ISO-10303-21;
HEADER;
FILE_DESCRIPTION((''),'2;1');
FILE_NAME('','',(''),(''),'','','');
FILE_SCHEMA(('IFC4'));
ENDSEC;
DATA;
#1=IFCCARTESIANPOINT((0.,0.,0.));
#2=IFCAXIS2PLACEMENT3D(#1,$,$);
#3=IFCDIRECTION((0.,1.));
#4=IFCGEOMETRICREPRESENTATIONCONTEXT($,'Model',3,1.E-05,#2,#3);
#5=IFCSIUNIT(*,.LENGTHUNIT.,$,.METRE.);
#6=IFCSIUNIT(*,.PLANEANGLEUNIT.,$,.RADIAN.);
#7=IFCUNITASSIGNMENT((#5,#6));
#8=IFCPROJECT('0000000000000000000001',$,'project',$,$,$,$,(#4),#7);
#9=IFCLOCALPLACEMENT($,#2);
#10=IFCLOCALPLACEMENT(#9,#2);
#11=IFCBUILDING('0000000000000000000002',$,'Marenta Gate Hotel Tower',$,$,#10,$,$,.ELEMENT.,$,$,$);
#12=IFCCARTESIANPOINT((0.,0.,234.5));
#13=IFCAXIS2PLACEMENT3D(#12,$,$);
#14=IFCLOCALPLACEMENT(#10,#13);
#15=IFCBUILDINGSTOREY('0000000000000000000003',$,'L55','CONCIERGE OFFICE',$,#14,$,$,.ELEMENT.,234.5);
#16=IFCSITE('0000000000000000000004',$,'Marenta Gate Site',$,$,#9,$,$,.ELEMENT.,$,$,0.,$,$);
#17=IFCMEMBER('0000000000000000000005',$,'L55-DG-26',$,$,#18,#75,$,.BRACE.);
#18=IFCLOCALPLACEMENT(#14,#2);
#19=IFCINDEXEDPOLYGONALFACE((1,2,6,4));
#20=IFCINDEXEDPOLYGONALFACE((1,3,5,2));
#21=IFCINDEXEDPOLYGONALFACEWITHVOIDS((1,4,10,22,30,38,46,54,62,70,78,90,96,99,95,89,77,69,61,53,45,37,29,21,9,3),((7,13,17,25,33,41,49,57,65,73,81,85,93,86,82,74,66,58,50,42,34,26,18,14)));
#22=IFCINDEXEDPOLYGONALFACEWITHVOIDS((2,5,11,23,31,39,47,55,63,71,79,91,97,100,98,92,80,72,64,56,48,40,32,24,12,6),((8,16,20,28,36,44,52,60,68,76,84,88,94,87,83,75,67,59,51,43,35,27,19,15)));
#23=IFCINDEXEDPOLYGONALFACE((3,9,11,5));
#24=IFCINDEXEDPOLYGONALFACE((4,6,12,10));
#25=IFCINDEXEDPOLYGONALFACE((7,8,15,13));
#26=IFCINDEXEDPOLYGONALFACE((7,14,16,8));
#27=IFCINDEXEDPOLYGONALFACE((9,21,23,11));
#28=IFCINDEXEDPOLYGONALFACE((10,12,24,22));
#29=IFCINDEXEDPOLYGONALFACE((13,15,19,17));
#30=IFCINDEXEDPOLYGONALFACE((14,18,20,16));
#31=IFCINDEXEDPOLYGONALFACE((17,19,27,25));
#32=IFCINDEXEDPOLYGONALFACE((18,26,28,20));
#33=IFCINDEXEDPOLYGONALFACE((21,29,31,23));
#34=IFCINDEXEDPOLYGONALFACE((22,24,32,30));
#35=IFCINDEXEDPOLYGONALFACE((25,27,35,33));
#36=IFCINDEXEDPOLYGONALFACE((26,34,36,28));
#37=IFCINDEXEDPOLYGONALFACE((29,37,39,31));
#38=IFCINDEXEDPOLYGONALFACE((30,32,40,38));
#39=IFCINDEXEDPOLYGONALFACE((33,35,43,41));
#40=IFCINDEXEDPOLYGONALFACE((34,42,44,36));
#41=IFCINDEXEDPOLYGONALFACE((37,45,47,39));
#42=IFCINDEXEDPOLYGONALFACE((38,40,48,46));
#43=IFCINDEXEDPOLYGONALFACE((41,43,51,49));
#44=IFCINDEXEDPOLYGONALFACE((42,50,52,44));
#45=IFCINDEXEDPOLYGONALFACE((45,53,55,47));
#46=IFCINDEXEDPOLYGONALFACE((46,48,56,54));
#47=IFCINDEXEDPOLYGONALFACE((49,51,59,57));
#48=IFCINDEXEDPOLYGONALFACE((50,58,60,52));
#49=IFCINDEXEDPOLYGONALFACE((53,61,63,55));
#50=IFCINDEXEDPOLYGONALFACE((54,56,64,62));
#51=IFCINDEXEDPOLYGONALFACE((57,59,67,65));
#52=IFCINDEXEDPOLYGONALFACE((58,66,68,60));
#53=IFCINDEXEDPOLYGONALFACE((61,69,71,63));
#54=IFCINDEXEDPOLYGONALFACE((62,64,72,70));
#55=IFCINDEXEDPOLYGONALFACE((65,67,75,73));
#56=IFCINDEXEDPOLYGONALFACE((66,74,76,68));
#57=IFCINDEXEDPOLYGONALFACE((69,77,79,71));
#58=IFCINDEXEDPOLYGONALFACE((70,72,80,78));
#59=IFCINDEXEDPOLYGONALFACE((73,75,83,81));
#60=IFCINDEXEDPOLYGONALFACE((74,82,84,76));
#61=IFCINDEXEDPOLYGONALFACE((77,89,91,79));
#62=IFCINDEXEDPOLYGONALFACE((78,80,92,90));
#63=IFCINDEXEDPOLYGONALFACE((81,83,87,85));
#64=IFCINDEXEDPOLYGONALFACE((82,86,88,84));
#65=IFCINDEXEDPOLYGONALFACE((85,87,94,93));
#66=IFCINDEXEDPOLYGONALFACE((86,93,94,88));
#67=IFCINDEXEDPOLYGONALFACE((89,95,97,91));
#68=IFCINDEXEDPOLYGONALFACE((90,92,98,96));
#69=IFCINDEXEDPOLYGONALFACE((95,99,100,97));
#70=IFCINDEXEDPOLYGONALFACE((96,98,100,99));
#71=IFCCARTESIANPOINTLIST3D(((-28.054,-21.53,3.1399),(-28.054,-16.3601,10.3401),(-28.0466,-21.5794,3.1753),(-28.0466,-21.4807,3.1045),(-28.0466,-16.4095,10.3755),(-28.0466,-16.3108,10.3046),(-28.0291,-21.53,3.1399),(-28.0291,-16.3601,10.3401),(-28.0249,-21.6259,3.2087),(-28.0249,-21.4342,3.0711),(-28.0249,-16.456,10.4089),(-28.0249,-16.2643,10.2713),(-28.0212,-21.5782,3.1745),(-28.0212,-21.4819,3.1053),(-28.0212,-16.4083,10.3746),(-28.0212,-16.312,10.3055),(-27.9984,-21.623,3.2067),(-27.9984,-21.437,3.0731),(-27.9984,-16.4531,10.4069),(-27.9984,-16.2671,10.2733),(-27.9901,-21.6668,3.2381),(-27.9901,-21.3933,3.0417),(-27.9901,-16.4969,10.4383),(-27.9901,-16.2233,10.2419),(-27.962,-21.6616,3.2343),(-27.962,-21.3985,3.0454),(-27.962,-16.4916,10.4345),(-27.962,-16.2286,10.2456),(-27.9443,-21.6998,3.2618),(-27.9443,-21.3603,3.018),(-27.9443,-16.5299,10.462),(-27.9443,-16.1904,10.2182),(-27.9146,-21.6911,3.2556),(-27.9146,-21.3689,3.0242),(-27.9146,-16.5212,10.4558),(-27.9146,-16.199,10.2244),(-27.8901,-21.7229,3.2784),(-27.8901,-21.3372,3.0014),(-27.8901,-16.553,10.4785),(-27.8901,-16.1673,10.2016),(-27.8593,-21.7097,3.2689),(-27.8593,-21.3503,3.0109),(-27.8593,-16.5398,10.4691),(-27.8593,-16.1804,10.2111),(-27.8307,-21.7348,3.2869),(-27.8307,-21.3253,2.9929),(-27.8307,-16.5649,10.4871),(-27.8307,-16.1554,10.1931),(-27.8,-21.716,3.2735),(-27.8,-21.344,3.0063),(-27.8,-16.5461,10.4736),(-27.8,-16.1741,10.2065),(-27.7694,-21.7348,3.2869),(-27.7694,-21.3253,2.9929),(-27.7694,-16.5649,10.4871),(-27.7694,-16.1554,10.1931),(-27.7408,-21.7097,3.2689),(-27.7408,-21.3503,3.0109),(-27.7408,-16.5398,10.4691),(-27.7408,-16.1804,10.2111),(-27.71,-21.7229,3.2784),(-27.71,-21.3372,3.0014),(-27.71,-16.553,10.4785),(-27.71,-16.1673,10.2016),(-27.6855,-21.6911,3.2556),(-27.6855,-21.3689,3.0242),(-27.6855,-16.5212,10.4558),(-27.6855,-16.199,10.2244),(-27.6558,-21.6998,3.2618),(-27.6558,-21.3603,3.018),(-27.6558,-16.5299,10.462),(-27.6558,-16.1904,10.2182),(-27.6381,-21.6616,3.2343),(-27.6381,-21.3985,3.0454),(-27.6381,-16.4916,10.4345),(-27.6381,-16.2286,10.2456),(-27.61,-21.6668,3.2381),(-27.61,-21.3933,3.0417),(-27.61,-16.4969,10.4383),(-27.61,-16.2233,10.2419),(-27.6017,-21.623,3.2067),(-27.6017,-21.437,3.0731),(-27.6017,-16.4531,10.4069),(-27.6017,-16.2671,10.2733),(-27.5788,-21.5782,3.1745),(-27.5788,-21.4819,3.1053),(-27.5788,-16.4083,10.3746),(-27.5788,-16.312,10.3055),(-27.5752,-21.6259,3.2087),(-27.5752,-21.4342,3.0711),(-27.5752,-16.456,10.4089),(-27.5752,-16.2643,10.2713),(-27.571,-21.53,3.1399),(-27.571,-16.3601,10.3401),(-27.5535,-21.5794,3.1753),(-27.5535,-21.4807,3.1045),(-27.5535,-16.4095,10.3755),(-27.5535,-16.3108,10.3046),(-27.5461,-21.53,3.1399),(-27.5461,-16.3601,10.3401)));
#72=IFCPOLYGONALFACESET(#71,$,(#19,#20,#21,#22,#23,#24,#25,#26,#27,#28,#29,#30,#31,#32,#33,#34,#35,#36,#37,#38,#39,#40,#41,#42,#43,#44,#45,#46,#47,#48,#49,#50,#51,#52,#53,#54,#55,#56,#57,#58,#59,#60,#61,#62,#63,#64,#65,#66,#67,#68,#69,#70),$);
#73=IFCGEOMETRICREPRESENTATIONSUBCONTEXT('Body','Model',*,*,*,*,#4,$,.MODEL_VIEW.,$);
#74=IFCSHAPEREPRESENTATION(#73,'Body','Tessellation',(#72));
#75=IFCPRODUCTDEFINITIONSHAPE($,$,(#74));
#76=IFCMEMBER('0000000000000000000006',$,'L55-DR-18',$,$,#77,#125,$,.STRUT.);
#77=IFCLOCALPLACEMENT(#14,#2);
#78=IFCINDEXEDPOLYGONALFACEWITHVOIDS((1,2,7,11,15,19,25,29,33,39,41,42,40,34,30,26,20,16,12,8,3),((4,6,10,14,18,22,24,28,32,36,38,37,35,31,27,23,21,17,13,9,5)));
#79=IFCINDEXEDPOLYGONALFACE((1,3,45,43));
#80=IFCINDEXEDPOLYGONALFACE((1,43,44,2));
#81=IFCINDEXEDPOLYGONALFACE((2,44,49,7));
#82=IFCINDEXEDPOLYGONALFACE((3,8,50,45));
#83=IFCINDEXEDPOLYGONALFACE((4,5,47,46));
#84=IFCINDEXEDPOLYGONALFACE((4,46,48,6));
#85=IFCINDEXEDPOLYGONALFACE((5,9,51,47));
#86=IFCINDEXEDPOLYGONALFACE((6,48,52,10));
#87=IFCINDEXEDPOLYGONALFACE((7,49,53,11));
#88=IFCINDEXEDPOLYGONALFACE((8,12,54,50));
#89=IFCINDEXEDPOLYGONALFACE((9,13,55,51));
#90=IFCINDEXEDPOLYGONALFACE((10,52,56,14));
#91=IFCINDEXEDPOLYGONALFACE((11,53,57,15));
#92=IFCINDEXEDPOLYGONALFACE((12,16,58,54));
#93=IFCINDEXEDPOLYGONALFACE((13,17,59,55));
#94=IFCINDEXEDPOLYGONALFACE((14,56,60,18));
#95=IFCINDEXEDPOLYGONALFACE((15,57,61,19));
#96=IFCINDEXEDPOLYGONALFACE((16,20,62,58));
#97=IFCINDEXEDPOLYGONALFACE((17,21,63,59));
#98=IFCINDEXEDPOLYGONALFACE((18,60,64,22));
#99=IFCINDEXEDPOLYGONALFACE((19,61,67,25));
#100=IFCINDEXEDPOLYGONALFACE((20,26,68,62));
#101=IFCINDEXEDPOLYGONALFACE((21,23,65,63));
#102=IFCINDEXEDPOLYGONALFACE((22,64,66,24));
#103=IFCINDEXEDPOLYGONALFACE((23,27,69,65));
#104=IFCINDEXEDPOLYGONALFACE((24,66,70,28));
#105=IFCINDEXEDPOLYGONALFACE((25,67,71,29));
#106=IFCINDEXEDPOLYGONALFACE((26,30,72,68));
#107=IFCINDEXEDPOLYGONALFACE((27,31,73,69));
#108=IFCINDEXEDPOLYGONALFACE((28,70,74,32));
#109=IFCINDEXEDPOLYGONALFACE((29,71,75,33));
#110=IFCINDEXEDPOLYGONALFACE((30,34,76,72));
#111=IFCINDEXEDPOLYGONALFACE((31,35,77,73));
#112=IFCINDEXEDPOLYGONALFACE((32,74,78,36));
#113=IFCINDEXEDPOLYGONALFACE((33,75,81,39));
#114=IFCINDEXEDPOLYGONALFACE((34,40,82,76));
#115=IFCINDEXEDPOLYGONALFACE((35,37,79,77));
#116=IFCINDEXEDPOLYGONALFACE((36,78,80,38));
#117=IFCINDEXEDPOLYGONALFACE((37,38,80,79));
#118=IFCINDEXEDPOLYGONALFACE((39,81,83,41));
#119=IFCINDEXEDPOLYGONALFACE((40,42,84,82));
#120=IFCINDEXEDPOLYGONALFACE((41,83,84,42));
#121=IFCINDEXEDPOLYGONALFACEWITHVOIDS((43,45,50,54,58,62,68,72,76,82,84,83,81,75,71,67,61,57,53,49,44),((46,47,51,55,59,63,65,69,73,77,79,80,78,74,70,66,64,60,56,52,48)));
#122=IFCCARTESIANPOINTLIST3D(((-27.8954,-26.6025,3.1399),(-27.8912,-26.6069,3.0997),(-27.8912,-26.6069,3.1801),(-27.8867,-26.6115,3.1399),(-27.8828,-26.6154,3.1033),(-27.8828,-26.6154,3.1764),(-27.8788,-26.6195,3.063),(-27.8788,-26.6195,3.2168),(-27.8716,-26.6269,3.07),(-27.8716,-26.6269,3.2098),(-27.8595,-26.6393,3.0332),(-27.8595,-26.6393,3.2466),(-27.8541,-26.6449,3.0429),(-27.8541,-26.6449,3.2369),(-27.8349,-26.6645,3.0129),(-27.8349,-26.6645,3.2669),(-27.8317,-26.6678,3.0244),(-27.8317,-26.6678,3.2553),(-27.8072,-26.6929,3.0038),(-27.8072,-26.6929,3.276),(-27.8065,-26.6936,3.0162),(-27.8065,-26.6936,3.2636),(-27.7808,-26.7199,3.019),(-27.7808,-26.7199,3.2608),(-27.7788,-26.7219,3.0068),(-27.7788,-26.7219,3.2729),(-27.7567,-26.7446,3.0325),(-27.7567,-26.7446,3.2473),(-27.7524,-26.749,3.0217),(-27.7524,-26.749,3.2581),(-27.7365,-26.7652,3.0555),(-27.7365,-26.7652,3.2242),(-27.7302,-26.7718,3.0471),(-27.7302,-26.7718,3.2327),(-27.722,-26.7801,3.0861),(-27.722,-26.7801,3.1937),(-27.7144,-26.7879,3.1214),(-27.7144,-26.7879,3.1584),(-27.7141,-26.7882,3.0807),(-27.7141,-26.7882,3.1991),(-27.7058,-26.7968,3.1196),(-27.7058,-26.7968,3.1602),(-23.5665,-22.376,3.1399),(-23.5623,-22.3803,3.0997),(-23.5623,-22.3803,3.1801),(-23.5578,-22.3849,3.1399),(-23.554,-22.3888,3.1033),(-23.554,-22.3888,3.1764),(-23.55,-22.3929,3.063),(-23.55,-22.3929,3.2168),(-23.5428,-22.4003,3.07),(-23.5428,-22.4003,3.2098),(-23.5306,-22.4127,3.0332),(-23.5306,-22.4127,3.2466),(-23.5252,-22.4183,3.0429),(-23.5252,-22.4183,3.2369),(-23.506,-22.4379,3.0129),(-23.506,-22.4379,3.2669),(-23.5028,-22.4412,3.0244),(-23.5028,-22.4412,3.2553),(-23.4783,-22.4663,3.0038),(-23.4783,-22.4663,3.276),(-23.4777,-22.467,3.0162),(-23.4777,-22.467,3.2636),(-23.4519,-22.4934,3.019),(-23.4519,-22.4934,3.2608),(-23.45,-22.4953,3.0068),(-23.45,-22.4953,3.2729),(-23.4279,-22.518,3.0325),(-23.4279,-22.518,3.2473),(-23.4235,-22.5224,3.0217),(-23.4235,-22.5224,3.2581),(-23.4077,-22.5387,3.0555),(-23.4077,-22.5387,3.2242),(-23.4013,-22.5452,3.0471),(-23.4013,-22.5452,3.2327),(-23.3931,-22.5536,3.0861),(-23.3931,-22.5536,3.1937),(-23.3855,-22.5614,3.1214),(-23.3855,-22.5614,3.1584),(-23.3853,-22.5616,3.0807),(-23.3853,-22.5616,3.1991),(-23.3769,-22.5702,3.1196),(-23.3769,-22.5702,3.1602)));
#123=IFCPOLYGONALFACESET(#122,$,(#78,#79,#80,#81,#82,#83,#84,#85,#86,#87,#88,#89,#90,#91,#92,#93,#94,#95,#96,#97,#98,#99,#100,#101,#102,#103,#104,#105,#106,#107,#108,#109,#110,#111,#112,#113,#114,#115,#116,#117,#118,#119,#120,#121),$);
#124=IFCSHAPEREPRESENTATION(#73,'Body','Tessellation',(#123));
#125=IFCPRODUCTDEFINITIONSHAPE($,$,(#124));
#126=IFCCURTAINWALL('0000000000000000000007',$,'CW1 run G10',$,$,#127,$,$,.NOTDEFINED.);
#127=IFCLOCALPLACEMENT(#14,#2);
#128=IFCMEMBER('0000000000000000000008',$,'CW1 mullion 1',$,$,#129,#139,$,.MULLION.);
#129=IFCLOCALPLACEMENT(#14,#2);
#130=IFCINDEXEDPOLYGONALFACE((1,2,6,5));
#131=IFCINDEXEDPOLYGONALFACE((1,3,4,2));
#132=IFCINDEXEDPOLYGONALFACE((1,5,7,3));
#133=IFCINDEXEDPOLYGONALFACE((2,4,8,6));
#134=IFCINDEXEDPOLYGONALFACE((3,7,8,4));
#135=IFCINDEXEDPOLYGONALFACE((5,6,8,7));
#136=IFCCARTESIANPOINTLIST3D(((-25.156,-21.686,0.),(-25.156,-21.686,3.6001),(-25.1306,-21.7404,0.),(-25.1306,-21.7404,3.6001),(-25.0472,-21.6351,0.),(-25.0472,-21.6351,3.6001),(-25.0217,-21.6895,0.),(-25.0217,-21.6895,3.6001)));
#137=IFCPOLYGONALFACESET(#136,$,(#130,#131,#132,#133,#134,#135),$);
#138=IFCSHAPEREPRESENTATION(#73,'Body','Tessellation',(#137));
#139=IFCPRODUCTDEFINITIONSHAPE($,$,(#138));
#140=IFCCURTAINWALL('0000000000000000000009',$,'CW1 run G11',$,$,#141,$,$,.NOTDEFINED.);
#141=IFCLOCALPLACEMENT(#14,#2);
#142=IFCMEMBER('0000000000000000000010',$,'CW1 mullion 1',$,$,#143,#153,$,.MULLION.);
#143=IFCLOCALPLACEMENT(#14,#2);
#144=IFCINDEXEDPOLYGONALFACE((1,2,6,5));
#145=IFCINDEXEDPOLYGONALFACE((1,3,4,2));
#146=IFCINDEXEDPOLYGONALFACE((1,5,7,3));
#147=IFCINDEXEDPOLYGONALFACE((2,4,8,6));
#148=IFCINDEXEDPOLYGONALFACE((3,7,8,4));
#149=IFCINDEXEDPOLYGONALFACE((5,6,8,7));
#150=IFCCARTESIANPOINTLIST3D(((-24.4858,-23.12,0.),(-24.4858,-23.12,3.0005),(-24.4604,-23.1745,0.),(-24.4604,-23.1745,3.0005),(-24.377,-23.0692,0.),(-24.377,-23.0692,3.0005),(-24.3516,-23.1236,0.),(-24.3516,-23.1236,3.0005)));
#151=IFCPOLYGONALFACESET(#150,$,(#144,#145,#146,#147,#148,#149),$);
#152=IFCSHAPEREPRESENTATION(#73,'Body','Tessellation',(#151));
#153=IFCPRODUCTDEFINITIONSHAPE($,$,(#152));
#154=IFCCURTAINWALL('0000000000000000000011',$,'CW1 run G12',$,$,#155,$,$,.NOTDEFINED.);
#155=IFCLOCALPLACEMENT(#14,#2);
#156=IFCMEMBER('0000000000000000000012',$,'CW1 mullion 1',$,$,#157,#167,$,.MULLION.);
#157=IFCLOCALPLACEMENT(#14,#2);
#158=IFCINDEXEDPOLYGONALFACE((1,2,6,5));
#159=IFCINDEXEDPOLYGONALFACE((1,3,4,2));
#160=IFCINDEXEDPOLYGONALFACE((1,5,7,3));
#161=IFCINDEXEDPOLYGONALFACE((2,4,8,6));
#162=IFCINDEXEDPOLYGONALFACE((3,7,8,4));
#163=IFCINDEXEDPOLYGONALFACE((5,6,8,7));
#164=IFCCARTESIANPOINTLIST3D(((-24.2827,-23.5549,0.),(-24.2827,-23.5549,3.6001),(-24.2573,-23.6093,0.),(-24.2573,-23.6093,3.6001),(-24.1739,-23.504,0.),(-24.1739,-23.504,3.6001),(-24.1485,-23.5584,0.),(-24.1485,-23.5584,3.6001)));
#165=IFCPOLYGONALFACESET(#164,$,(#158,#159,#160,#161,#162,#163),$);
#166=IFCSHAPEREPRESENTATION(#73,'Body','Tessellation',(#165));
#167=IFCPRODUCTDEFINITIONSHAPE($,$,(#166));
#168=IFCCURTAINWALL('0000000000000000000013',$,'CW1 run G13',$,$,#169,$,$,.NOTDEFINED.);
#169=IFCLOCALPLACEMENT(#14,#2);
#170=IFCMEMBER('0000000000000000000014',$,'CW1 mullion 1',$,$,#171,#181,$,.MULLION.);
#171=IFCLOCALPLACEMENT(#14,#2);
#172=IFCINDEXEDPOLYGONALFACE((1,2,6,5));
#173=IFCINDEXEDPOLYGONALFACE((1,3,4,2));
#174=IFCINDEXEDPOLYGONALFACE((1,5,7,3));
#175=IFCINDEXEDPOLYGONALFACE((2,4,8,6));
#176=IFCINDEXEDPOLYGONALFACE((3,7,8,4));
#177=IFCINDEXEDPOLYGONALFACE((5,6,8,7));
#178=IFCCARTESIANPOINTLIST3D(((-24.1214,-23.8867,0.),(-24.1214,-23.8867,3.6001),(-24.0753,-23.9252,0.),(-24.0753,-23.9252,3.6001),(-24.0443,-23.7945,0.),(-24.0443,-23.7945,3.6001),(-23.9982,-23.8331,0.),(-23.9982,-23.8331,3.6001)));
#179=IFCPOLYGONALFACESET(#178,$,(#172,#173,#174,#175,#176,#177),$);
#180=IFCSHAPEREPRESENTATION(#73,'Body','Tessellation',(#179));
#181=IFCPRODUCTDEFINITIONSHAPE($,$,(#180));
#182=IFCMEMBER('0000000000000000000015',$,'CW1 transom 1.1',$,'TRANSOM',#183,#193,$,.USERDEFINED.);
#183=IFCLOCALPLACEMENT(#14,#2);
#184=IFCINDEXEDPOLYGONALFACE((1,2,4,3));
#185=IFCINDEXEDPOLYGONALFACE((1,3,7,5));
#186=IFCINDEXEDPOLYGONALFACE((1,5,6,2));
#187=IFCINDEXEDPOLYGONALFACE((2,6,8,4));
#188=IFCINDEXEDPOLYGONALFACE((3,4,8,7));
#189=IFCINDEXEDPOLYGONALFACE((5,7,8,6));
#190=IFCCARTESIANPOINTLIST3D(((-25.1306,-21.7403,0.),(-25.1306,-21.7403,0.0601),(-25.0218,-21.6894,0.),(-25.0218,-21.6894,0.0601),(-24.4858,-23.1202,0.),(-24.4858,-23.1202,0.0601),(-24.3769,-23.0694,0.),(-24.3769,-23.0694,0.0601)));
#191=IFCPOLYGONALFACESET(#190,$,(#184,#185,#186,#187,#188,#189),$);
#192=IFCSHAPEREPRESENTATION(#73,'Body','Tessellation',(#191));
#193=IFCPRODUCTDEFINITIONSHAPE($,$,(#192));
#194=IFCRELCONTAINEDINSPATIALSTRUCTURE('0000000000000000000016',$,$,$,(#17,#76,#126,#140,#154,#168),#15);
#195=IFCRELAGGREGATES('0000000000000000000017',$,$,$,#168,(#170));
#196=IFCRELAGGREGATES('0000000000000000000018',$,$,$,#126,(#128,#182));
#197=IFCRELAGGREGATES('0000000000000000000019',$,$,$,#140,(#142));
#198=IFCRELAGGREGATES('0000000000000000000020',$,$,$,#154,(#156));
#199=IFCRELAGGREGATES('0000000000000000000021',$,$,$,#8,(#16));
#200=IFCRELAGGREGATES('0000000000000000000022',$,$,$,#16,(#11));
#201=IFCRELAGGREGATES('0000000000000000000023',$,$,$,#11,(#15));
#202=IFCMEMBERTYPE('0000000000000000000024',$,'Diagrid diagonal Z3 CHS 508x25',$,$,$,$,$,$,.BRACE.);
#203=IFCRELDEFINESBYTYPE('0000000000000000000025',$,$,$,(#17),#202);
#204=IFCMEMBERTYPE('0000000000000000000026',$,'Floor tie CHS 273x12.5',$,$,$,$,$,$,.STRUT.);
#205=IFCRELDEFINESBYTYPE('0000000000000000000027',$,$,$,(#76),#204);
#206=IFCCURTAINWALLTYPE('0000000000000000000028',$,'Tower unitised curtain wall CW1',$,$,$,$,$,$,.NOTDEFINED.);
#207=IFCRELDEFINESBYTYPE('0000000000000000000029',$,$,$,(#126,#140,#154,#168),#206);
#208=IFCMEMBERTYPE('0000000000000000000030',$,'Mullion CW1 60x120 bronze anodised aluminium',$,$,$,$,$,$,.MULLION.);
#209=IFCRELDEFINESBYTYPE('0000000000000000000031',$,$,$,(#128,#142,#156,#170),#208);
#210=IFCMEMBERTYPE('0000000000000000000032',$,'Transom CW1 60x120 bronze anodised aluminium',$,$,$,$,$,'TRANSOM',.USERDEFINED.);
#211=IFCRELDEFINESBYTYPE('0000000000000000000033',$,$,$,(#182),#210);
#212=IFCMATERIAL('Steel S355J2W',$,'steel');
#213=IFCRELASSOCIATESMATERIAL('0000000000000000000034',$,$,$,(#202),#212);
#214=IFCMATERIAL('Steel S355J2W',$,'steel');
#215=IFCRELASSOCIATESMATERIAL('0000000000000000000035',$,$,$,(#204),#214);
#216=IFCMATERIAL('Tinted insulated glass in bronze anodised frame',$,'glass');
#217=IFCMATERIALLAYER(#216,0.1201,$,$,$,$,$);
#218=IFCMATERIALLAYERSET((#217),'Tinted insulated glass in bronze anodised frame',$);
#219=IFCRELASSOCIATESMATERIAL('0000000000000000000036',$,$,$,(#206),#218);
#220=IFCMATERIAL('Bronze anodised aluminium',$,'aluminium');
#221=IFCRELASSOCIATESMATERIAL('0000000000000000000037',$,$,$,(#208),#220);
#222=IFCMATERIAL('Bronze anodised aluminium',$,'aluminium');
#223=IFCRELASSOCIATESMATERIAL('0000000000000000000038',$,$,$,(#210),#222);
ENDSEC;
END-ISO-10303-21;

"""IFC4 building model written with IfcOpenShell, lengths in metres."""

from ifc_helpers import new_model, si_unit, direction, frame, origin, origin_2d, place, context, subcontext, project, spatial, rectangle, hollow_circle, extrude, material, layer, layer_set, material_profile, profile_set, type_object, element, aggregate, save


model = new_model("IFC4")

# Units and contexts
model_context = context("Model", 3, precision=1e-05, world=origin(), true_north=direction((0.0, 1.0)))
body_context = subcontext(model_context, "Body", "Model", "MODEL_VIEW")
ifc_project = project(units=[si_unit("LENGTHUNIT", "METRE"), si_unit("PLANEANGLEUNIT", "RADIAN")], contexts=[model_context])

# Site, building, storey
site_placement = place(None, origin())
site = spatial("IfcSite", under=ifc_project, at=site_placement, Name="Marenta Gate Site", CompositionType="ELEMENT", RefElevation=0.0)
building_placement = place(site_placement, origin())
building = spatial("IfcBuilding", under=site, at=building_placement, Name="Marenta Gate Hotel Tower", CompositionType="ELEMENT")
storey_placement = place(building_placement, frame((0.0, 0.0, 234.5)))
storey = spatial("IfcBuildingStorey", under=building, at=storey_placement, Name="L55", Description="CONCIERGE OFFICE", CompositionType="ELEMENT", Elevation=234.5)

# Members
ifc_material_1 = material(Name="Steel S355J2W", Category="steel")
ifc_material_profile_1 = material_profile(ifc_material_1, hollow_circle(Radius=0.2539, WallThickness=0.0249, at=origin_2d()), Name="CHS 508x25")
ifc_profile_set_1 = profile_set([ifc_material_profile_1], Name="Steel S355J2W")
member_type_1 = type_object("IfcMemberType", Name="Diagrid diagonal Z3 CHS 508x25", PredefinedType="BRACE", material=ifc_profile_set_1)
member_1_placement = place(storey_placement, frame((-27.8, -21.53, 3.1399), z_axis=(0.0, 0.583248, 0.812294), x_axis=(-1.0, 0.0, 0.0)))
element("IfcMember", 1, at=member_1_placement, inside=storey, type_object=member_type_1, Name="L55-DG-26", PredefinedType="BRACE", context=body_context, shape_type="SweptSolid", body=[
    extrude(hollow_circle(Radius=0.2539, WallThickness=0.0249, at=origin_2d()), origin(), (0.0, 0.0, 1.0), 8.864),
])
ifc_material_2 = material(Name="Steel S355J2W", Category="steel")
ifc_material_profile_2 = material_profile(ifc_material_2, hollow_circle(Radius=0.1365, WallThickness=0.0125, at=origin_2d()), Name="CHS 273x12.5")
ifc_profile_set_2 = profile_set([ifc_material_profile_2], Name="Steel S355J2W")
member_type_2 = type_object("IfcMemberType", Name="Floor tie CHS 273x12.5", PredefinedType="STRUT", material=ifc_profile_set_2)
member_2_placement = place(storey_placement, frame((-27.8, -26.7002, 3.1399), z_axis=(0.71551, 0.698602, 0.0), x_axis=(-0.698602, 0.71551, 0.0)))
element("IfcMember", 2, at=member_2_placement, inside=storey, type_object=member_type_2, Name="L55-DR-18", PredefinedType="STRUT", context=body_context, shape_type="SweptSolid", body=[
    extrude(hollow_circle(Radius=0.1365, WallThickness=0.0125, at=origin_2d()), origin(), (0.0, 0.0, 1.0), 6.05),
])

# Curtain walls, members
ifc_material_3 = material(Name="Tinted insulated glass in bronze anodised frame", Category="glass")
ifc_layer_1 = layer(ifc_material_3, 0.1201)
ifc_layer_set_1 = layer_set([ifc_layer_1], Name="Tinted insulated glass in bronze anodised frame")
curtain_wall_type = type_object("IfcCurtainWallType", Name="Tower unitised curtain wall CW1", PredefinedType="NOTDEFINED", material=ifc_layer_set_1)
curtain_wall_1_placement = place(storey_placement, origin())
curtain_wall_1 = element("IfcCurtainWall", 3, at=curtain_wall_1_placement, inside=storey, type_object=curtain_wall_type, Name="CW1 run G10", PredefinedType="NOTDEFINED")
ifc_material_4 = material(Name="Bronze anodised aluminium", Category="aluminium")
ifc_material_profile_3 = material_profile(ifc_material_4, rectangle(XDim=0.1201, YDim=0.0601, at=origin_2d()), Name="Mullion CW1 60x120 bronze anodised aluminium")
ifc_profile_set_3 = profile_set([ifc_material_profile_3], Name="Bronze anodised aluminium")
member_type_3 = type_object("IfcMemberType", Name="Mullion CW1 60x120 bronze anodised aluminium", PredefinedType="MULLION", material=ifc_profile_set_3)
member_3_placement = place(storey_placement, frame((-25.0889, -21.6877, 0.0), z_axis=(0.0, 0.0, 1.0), x_axis=(0.905976, 0.423328, 0.0)))
member_3 = element("IfcMember", 4, at=member_3_placement, type_object=member_type_3, Name="CW1 mullion 1", PredefinedType="MULLION", context=body_context, shape_type="SweptSolid", body=[
    extrude(rectangle(XDim=0.1201, YDim=0.0601, at=origin_2d()), origin(), (0.0, 0.0, 1.0), 3.6001),
])
curtain_wall_2_placement = place(storey_placement, origin())
curtain_wall_2 = element("IfcCurtainWall", 5, at=curtain_wall_2_placement, inside=storey, type_object=curtain_wall_type, Name="CW1 run G11", PredefinedType="NOTDEFINED")
member_4_placement = place(storey_placement, frame((-24.4187, -23.1218, 0.0), z_axis=(0.0, 0.0, 1.0), x_axis=(0.905949, 0.423387, 0.0)))
member_4 = element("IfcMember", 6, at=member_4_placement, type_object=member_type_3, Name="CW1 mullion 1", PredefinedType="MULLION", context=body_context, shape_type="SweptSolid", body=[
    extrude(rectangle(XDim=0.1201, YDim=0.0601, at=origin_2d()), origin(), (0.0, 0.0, 1.0), 3.0005),
])
curtain_wall_3_placement = place(storey_placement, origin())
curtain_wall_3 = element("IfcCurtainWall", 7, at=curtain_wall_3_placement, inside=storey, type_object=curtain_wall_type, Name="CW1 run G12", PredefinedType="NOTDEFINED")
member_5_placement = place(storey_placement, frame((-24.2156, -23.5566, 0.0), z_axis=(0.0, 0.0, 1.0), x_axis=(0.90599, 0.4233, 0.0)))
member_5 = element("IfcMember", 8, at=member_5_placement, type_object=member_type_3, Name="CW1 mullion 1", PredefinedType="MULLION", context=body_context, shape_type="SweptSolid", body=[
    extrude(rectangle(XDim=0.1201, YDim=0.0601, at=origin_2d()), origin(), (0.0, 0.0, 1.0), 3.6001),
])
curtain_wall_4_placement = place(storey_placement, origin())
curtain_wall_4 = element("IfcCurtainWall", 9, at=curtain_wall_4_placement, inside=storey, type_object=curtain_wall_type, Name="CW1 run G13", PredefinedType="NOTDEFINED")
member_6_placement = place(storey_placement, frame((-24.0598, -23.8599, 0.0), z_axis=(0.0, 0.0, 1.0), x_axis=(0.641525, 0.767102, 0.0)))
member_6 = element("IfcMember", 10, at=member_6_placement, type_object=member_type_3, Name="CW1 mullion 1", PredefinedType="MULLION", context=body_context, shape_type="SweptSolid", body=[
    extrude(rectangle(XDim=0.1201, YDim=0.0601, at=origin_2d()), origin(), (0.0, 0.0, 1.0), 3.6001),
])

# Member
ifc_material_5 = material(Name="Bronze anodised aluminium", Category="aluminium")
ifc_material_profile_4 = material_profile(ifc_material_5, rectangle(XDim=0.1201, YDim=0.0601, at=origin_2d()), Name="Transom CW1 60x120 bronze anodised aluminium")
ifc_profile_set_4 = profile_set([ifc_material_profile_4], Name="Bronze anodised aluminium")
member_type_4 = type_object("IfcMemberType", Name="Transom CW1 60x120 bronze anodised aluminium", ElementType="TRANSOM", PredefinedType="USERDEFINED", material=ifc_profile_set_4)
member_7_placement = place(storey_placement, frame((-25.0762, -21.7148, 0.03), z_axis=(0.423333, -0.905974, 0.0), x_axis=(0.905974, 0.423333, 0.0)))
member_7 = element("IfcMember", 11, at=member_7_placement, type_object=member_type_4, Name="CW1 transom 1.1", ObjectType="TRANSOM", PredefinedType="USERDEFINED", context=body_context, shape_type="SweptSolid", body=[
    extrude(rectangle(XDim=0.1201, YDim=0.0601, at=origin_2d()), origin(), (0.0, 0.0, 1.0), 1.5232),
])
aggregate(curtain_wall_4, [member_6])

aggregate(curtain_wall_1, [member_3, member_7])
aggregate(curtain_wall_2, [member_4])
aggregate(curtain_wall_3, [member_5])

save(model, "model.ifc")
